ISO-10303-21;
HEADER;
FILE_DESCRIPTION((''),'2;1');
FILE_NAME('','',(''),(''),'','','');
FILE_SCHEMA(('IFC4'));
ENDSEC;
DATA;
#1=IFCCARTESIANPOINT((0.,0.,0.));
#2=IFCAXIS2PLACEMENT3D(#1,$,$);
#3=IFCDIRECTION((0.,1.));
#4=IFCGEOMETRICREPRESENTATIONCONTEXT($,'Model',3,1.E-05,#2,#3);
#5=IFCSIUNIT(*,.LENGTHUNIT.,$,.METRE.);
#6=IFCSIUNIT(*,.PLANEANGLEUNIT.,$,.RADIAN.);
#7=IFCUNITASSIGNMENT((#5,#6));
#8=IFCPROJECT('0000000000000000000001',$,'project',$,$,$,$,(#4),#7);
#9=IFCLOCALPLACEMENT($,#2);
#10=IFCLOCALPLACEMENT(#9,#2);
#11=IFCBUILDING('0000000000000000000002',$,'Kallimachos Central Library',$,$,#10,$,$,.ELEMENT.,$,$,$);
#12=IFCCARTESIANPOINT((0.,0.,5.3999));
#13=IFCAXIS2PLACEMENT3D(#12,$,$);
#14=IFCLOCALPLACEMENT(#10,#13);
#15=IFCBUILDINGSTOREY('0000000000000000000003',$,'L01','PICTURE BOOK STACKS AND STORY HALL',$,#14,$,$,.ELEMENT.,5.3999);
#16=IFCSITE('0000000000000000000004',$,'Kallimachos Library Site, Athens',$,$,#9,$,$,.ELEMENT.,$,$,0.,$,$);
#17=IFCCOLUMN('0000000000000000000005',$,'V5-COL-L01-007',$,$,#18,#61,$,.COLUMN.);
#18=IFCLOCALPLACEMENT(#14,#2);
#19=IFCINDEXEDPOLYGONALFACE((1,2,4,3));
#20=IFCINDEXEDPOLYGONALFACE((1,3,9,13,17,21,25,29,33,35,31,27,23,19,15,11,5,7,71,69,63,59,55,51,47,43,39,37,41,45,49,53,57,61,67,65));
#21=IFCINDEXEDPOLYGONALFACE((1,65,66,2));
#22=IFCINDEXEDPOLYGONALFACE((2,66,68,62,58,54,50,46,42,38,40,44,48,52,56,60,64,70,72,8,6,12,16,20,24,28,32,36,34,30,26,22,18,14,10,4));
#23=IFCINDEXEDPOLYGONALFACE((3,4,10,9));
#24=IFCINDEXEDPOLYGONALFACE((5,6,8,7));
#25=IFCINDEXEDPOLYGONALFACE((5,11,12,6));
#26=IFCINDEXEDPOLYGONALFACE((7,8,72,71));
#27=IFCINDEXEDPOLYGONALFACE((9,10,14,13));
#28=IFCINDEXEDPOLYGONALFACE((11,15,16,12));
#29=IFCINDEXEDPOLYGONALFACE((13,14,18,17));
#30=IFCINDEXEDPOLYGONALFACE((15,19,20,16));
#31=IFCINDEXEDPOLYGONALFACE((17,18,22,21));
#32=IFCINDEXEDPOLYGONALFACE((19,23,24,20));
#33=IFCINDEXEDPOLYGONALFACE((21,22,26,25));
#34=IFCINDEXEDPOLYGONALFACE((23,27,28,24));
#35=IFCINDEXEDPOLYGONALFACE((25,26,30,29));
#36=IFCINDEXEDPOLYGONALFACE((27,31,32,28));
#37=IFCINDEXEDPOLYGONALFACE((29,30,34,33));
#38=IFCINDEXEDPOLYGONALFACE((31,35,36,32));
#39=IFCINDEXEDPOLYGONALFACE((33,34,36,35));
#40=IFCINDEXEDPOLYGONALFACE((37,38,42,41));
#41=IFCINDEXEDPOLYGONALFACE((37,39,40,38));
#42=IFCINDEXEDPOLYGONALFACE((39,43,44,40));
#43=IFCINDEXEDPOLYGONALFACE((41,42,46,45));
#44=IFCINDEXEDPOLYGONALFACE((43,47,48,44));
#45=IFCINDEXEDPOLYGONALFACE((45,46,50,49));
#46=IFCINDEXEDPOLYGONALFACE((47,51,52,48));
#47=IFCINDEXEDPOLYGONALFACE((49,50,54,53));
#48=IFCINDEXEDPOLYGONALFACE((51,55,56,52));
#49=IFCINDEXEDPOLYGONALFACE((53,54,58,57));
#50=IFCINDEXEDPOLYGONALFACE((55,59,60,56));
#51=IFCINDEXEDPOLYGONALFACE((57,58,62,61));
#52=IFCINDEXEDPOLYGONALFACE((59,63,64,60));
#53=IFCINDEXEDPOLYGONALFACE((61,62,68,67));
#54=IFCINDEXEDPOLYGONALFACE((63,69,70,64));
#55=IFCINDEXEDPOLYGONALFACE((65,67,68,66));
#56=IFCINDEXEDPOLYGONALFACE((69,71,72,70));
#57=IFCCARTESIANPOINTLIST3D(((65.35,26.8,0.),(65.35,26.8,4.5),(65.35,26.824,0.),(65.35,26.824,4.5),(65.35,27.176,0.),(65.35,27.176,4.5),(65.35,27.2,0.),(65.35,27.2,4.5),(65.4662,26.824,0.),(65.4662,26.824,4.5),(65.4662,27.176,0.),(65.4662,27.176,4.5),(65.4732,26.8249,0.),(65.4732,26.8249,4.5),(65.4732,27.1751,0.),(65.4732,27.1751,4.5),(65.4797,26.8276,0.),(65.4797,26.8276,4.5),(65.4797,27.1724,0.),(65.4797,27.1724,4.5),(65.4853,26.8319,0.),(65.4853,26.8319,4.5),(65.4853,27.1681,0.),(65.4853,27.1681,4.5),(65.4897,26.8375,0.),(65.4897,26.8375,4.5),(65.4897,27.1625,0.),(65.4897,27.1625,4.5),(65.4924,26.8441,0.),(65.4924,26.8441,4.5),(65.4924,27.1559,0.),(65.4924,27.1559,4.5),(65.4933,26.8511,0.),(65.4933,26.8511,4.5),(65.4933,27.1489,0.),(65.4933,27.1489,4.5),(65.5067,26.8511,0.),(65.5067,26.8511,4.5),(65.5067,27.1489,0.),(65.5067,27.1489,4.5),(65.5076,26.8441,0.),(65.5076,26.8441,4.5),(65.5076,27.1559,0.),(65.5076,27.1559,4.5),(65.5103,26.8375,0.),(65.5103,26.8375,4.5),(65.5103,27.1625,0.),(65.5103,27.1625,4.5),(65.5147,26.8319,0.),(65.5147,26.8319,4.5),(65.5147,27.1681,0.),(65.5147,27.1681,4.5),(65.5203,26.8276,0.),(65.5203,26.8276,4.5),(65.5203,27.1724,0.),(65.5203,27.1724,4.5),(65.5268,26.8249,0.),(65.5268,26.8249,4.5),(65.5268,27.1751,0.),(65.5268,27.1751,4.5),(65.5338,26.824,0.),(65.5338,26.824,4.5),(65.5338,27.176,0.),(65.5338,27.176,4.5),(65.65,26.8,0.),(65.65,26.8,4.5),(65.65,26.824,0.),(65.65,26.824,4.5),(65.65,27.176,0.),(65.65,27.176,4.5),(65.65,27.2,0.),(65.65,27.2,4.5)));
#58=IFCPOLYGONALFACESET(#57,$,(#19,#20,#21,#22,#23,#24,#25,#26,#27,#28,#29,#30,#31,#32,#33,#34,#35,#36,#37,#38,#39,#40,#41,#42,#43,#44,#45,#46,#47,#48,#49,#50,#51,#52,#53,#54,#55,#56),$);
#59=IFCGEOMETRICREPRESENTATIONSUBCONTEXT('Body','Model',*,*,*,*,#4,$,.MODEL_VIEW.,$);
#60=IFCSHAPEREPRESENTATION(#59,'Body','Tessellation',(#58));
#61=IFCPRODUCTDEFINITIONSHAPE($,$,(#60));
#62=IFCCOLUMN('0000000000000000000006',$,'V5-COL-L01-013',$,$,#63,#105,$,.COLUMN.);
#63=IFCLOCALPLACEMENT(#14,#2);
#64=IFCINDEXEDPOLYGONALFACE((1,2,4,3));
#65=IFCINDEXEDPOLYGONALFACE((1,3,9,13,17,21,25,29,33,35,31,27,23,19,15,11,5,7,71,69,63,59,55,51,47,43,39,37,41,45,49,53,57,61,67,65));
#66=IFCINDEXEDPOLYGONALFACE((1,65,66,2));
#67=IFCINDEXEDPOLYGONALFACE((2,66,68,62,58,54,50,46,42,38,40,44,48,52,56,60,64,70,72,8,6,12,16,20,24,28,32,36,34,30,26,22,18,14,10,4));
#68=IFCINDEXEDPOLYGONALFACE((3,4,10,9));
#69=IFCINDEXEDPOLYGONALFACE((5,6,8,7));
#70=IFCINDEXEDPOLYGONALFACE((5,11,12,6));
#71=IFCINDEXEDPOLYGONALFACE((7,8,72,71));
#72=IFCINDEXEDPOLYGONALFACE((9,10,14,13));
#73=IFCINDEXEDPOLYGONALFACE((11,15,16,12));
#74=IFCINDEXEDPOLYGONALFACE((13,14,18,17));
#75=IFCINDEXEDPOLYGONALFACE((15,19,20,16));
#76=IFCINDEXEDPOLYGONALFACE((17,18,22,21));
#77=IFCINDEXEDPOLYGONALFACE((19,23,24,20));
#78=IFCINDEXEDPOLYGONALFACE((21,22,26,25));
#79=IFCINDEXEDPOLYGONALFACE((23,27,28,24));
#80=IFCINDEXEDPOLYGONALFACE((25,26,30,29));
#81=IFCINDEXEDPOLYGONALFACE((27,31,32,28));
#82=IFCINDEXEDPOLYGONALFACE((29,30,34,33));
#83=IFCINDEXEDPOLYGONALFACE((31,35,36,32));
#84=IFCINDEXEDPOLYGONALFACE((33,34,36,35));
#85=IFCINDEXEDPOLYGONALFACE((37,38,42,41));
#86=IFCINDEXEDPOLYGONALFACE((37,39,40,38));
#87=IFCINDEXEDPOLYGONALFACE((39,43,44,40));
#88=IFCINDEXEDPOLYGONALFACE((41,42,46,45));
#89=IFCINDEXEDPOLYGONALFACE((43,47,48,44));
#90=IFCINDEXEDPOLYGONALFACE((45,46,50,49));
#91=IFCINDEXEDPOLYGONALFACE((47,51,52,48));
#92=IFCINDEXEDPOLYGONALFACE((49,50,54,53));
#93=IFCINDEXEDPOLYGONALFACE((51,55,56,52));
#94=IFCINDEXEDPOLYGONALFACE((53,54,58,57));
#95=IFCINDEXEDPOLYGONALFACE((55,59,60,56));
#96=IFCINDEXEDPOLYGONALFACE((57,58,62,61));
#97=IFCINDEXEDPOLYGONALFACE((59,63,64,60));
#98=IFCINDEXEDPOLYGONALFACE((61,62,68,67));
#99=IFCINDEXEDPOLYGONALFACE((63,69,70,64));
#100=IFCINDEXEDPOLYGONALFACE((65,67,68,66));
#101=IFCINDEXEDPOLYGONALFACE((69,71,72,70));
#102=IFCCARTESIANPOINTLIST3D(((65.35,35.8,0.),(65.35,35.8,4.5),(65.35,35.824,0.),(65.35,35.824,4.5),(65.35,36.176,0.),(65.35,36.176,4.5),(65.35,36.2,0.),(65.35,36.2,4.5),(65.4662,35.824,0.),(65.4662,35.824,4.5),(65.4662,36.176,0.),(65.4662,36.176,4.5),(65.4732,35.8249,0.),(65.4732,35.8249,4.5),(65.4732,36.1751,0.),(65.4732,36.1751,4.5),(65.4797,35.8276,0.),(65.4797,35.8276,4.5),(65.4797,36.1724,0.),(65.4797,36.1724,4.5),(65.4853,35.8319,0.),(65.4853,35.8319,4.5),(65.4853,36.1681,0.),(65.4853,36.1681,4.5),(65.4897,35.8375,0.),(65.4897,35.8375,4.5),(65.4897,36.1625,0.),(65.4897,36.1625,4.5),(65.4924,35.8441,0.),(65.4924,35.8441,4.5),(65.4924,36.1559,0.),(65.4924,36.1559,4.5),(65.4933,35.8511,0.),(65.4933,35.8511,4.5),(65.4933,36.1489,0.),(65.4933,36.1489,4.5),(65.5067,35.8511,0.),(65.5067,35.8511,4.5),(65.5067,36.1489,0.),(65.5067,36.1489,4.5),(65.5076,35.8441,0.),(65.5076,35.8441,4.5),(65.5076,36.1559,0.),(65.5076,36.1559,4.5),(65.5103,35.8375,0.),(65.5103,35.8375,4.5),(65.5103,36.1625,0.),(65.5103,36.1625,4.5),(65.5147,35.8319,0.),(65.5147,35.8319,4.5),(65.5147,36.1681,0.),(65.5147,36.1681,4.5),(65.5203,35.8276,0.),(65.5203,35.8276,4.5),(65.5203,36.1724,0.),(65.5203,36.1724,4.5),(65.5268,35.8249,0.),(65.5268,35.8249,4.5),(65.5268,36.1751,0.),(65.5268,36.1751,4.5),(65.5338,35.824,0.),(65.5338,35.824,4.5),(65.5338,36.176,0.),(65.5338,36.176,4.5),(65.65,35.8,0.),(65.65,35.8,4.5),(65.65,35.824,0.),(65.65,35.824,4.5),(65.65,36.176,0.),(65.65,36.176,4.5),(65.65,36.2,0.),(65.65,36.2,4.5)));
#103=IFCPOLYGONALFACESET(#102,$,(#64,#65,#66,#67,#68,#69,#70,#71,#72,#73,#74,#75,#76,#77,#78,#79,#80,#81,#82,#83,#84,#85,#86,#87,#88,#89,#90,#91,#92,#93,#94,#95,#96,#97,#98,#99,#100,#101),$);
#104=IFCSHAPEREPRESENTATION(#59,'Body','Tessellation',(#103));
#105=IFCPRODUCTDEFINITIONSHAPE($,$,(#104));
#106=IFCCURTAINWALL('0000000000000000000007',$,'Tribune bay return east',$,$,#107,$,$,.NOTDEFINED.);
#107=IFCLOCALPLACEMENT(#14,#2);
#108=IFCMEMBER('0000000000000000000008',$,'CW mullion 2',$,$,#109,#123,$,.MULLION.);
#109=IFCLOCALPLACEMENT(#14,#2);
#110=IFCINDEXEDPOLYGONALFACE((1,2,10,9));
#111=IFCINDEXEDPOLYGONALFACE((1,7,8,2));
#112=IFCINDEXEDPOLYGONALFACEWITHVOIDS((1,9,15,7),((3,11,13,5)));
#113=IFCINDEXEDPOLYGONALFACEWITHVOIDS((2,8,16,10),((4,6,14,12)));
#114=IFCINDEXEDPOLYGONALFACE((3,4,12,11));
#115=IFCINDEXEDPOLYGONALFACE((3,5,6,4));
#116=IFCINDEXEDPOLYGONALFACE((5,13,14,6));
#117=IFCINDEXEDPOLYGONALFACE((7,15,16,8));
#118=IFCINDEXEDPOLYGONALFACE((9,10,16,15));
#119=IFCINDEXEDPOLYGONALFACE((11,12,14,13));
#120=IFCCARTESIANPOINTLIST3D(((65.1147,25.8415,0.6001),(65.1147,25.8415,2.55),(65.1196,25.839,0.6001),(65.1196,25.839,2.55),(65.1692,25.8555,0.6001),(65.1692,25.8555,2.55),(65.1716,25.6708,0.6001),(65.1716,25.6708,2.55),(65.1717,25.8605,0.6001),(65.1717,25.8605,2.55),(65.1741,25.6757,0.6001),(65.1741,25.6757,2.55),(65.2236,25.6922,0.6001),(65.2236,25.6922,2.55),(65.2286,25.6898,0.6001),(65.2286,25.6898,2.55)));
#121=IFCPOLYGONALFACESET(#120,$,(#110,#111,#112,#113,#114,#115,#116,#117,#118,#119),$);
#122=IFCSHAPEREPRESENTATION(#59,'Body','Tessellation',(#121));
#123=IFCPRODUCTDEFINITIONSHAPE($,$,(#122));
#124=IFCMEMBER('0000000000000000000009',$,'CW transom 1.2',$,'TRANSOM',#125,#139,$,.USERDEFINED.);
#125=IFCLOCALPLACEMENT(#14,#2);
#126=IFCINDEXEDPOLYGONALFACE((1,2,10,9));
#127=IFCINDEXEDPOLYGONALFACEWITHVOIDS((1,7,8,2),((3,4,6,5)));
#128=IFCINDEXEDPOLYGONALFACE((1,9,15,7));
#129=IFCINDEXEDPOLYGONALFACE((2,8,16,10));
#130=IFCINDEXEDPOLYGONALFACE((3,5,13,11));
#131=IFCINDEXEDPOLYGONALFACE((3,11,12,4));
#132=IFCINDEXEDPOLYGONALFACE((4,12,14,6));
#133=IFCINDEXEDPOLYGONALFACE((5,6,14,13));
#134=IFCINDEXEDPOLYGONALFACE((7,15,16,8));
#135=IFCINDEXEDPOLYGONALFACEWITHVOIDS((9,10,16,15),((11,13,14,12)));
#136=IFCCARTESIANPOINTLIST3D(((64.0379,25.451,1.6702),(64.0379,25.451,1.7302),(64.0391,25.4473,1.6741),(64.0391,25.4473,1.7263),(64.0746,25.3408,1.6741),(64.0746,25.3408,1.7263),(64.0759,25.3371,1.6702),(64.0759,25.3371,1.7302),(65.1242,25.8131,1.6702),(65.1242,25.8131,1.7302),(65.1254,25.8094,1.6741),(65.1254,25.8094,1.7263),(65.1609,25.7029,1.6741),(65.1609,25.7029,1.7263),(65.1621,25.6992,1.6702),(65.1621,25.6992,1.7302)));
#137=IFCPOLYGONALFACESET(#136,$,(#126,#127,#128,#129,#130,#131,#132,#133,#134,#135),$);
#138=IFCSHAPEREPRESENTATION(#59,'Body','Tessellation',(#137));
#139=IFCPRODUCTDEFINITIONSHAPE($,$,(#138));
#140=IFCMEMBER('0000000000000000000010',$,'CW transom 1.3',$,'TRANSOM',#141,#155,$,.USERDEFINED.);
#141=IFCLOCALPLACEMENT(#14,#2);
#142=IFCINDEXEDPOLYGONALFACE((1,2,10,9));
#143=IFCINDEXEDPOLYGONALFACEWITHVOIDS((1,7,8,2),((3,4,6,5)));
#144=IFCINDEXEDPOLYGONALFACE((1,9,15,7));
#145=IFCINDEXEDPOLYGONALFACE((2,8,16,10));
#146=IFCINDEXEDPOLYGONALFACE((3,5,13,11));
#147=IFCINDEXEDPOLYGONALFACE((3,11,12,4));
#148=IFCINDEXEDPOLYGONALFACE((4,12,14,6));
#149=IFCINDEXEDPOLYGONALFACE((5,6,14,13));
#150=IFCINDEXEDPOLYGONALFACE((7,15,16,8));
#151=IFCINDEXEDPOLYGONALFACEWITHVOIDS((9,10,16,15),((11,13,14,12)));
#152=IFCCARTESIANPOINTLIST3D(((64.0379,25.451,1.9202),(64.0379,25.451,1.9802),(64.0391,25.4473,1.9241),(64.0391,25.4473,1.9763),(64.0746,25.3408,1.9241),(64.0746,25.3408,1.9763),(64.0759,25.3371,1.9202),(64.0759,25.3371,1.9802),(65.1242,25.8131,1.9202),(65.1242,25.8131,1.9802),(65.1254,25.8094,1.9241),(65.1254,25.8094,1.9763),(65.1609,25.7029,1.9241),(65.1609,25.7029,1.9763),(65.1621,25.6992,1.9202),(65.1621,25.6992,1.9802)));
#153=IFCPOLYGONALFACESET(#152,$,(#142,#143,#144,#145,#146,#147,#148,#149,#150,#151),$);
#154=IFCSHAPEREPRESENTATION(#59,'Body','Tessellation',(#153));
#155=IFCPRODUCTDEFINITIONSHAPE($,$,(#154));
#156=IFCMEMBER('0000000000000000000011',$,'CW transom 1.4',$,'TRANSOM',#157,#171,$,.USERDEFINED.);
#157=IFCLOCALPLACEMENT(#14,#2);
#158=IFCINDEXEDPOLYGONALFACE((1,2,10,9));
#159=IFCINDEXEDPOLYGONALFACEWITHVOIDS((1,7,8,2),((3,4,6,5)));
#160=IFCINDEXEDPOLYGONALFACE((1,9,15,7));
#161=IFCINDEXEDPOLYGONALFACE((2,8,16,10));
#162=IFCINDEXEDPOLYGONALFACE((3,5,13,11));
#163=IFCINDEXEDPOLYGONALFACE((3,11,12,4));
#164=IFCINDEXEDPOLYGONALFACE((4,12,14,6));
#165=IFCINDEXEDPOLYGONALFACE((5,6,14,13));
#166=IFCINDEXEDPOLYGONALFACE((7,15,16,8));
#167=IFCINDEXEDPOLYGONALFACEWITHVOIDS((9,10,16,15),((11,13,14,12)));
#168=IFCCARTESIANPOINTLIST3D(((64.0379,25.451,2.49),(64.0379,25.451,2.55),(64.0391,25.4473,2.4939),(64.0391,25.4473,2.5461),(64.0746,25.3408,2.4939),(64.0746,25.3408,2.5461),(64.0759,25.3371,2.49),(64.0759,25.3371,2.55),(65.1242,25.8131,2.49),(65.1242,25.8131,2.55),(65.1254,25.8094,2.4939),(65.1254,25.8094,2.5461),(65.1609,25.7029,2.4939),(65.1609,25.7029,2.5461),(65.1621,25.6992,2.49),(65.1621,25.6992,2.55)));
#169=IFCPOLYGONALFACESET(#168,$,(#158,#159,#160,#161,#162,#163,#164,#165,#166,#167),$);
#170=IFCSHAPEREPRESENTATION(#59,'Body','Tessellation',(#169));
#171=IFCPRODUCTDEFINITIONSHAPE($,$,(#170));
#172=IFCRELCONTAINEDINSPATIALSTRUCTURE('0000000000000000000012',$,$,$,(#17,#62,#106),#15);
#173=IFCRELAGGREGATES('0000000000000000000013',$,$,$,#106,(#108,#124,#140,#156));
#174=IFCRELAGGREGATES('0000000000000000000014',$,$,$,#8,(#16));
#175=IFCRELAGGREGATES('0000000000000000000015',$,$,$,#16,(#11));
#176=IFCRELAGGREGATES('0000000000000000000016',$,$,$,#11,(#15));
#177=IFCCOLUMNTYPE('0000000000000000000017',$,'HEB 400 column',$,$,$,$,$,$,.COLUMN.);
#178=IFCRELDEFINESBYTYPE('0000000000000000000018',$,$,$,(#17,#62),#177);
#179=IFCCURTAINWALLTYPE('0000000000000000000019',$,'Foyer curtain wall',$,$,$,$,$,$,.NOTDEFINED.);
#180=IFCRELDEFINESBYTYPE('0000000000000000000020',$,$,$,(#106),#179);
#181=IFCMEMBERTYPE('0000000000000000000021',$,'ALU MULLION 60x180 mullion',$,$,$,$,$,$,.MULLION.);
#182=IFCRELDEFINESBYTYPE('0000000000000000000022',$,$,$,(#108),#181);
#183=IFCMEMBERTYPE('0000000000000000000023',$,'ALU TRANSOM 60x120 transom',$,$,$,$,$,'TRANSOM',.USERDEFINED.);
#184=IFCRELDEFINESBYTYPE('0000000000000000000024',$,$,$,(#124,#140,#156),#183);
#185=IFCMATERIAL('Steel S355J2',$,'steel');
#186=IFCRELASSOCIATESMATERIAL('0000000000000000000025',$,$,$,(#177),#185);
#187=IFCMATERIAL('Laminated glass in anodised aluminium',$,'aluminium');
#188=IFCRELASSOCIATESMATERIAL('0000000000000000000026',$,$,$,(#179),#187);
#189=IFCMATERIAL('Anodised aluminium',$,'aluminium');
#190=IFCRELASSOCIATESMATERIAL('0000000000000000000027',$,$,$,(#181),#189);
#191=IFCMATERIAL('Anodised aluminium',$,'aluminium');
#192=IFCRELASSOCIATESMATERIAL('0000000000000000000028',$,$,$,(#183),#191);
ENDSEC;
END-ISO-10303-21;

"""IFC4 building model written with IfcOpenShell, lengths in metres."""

from ifc_helpers import new_model, si_unit, direction, frame, origin, origin_2d, place, context, subcontext, project, spatial, hollow_rectangle, i_section, extrude, material, material_profile, profile_set, type_object, element, aggregate, save


model = new_model("IFC4")

# Units and contexts
model_context = context("Model", 3, precision=1e-05, world=origin(), true_north=direction((0.0, 1.0)))
body_context = subcontext(model_context, "Body", "Model", "MODEL_VIEW")
ifc_project = project(units=[si_unit("LENGTHUNIT", "METRE"), si_unit("PLANEANGLEUNIT", "RADIAN")], contexts=[model_context])

# Site, building, storey
site_placement = place(None, origin())
site = spatial("IfcSite", under=ifc_project, at=site_placement, Name="Kallimachos Library Site, Athens", CompositionType="ELEMENT", RefElevation=0.0)
building_placement = place(site_placement, origin())
building = spatial("IfcBuilding", under=site, at=building_placement, Name="Kallimachos Central Library", CompositionType="ELEMENT")
storey_placement = place(building_placement, frame((0.0, 0.0, 5.3999)))
storey = spatial("IfcBuildingStorey", under=building, at=storey_placement, Name="L01", Description="PICTURE BOOK STACKS AND STORY HALL", CompositionType="ELEMENT", Elevation=5.3999)

# Columns
ifc_material_1 = material(Name="Steel S355J2", Category="steel")
ifc_material_profile_1 = material_profile(ifc_material_1, i_section(OverallWidth=0.3, OverallDepth=0.3999, WebThickness=0.0134, FlangeThickness=0.0239, FilletRadius=0.0271, at=origin_2d()), Name="HEB 400")
ifc_profile_set_1 = profile_set([ifc_material_profile_1], Name="Steel S355J2")
column_type = type_object("IfcColumnType", Name="HEB 400 column", PredefinedType="COLUMN", material=ifc_profile_set_1)
for number, where, z_axis, x_axis, name in (
    (1, (65.5, 27.0, 0.0), (0.0, 0.0, 1.0), (1.0, 0.0, 0.0), "V5-COL-L01-007"),
    (2, (65.5, 36.0, 0.0), (0.0, 0.0, 1.0), (1.0, 0.0, 0.0), "V5-COL-L01-013"),
):
    element("IfcColumn", number, at=place(storey_placement, frame(where, z_axis=z_axis, x_axis=x_axis)), inside=storey, type_object=column_type, Name=name, PredefinedType="COLUMN", context=body_context, shape_type="SweptSolid", body=[
        extrude(i_section(OverallWidth=0.3, OverallDepth=0.3999, WebThickness=0.0134, FlangeThickness=0.0239, FilletRadius=0.0271, at=origin_2d()), origin(), (0.0, 0.0, 1.0), 4.5),
    ])

# Curtain wall, members
ifc_material_2 = material(Name="Laminated glass in anodised aluminium", Category="aluminium")
curtain_wall_type = type_object("IfcCurtainWallType", Name="Foyer curtain wall", PredefinedType="NOTDEFINED", material=ifc_material_2)
curtain_wall_placement = place(storey_placement, origin())
curtain_wall = element("IfcCurtainWall", 3, at=curtain_wall_placement, inside=storey, type_object=curtain_wall_type, Name="Tribune bay return east", PredefinedType="NOTDEFINED")
ifc_material_3 = material(Name="Anodised aluminium", Category="aluminium")
ifc_material_profile_2 = material_profile(ifc_material_3, hollow_rectangle(XDim=0.0601, YDim=0.1799, WallThickness=0.0039, at=origin_2d()), Name="ALU MULLION 60x180")
ifc_profile_set_2 = profile_set([ifc_material_profile_2], Name="Anodised aluminium")
member_type_1 = type_object("IfcMemberType", Name="ALU MULLION 60x180 mullion", PredefinedType="MULLION", material=ifc_profile_set_2)
member_1_placement = place(storey_placement, frame((65.1716, 25.7656, 0.6001), z_axis=(0.0, 0.0, 1.0), x_axis=(0.948683, 0.316228, 0.0)))
member_1 = element("IfcMember", 4, at=member_1_placement, type_object=member_type_1, Name="CW mullion 2", PredefinedType="MULLION", context=body_context, shape_type="SweptSolid", body=[
    extrude(hollow_rectangle(XDim=0.0601, YDim=0.1799, WallThickness=0.0039, at=origin_2d()), origin(), (0.0, 0.0, 1.0), 1.95),
])
ifc_material_4 = material(Name="Anodised aluminium", Category="aluminium")
ifc_material_profile_3 = material_profile(ifc_material_4, hollow_rectangle(XDim=0.0601, YDim=0.1201, WallThickness=0.0039, at=origin_2d()), Name="ALU TRANSOM 60x120")
ifc_profile_set_3 = profile_set([ifc_material_profile_3], Name="Anodised aluminium")
member_type_2 = type_object("IfcMemberType", Name="ALU TRANSOM 60x120 transom", ElementType="TRANSOM", PredefinedType="USERDEFINED", material=ifc_profile_set_3)
member_2_placement = place(storey_placement, frame((64.0569, 25.394, 1.7002), z_axis=(0.948683, 0.316228, 0.0), x_axis=(0.0, 0.0, 1.0)))
member_2 = element("IfcMember", 5, at=member_2_placement, type_object=member_type_2, Name="CW transom 1.2", ObjectType="TRANSOM", PredefinedType="USERDEFINED", context=body_context, shape_type="SweptSolid", body=[
    extrude(hollow_rectangle(XDim=0.0601, YDim=0.1201, WallThickness=0.0039, at=origin_2d()), origin(), (0.0, 0.0, 1.0), 1.145),
])
member_3_placement = place(storey_placement, frame((64.0569, 25.394, 1.9502), z_axis=(0.948683, 0.316228, 0.0), x_axis=(0.0, 0.0, 1.0)))
member_3 = element("IfcMember", 6, at=member_3_placement, type_object=member_type_2, Name="CW transom 1.3", ObjectType="TRANSOM", PredefinedType="USERDEFINED", context=body_context, shape_type="SweptSolid", body=[
    extrude(hollow_rectangle(XDim=0.0601, YDim=0.1201, WallThickness=0.0039, at=origin_2d()), origin(), (0.0, 0.0, 1.0), 1.145),
])
member_4_placement = place(storey_placement, frame((64.0569, 25.394, 2.52), z_axis=(0.948683, 0.316228, 0.0), x_axis=(0.0, 0.0, 1.0)))
member_4 = element("IfcMember", 7, at=member_4_placement, type_object=member_type_2, Name="CW transom 1.4", ObjectType="TRANSOM", PredefinedType="USERDEFINED", context=body_context, shape_type="SweptSolid", body=[
    extrude(hollow_rectangle(XDim=0.0601, YDim=0.1201, WallThickness=0.0039, at=origin_2d()), origin(), (0.0, 0.0, 1.0), 1.145),
])

aggregate(curtain_wall, [member_1, member_2, member_3, member_4])

save(model, "model.ifc")
